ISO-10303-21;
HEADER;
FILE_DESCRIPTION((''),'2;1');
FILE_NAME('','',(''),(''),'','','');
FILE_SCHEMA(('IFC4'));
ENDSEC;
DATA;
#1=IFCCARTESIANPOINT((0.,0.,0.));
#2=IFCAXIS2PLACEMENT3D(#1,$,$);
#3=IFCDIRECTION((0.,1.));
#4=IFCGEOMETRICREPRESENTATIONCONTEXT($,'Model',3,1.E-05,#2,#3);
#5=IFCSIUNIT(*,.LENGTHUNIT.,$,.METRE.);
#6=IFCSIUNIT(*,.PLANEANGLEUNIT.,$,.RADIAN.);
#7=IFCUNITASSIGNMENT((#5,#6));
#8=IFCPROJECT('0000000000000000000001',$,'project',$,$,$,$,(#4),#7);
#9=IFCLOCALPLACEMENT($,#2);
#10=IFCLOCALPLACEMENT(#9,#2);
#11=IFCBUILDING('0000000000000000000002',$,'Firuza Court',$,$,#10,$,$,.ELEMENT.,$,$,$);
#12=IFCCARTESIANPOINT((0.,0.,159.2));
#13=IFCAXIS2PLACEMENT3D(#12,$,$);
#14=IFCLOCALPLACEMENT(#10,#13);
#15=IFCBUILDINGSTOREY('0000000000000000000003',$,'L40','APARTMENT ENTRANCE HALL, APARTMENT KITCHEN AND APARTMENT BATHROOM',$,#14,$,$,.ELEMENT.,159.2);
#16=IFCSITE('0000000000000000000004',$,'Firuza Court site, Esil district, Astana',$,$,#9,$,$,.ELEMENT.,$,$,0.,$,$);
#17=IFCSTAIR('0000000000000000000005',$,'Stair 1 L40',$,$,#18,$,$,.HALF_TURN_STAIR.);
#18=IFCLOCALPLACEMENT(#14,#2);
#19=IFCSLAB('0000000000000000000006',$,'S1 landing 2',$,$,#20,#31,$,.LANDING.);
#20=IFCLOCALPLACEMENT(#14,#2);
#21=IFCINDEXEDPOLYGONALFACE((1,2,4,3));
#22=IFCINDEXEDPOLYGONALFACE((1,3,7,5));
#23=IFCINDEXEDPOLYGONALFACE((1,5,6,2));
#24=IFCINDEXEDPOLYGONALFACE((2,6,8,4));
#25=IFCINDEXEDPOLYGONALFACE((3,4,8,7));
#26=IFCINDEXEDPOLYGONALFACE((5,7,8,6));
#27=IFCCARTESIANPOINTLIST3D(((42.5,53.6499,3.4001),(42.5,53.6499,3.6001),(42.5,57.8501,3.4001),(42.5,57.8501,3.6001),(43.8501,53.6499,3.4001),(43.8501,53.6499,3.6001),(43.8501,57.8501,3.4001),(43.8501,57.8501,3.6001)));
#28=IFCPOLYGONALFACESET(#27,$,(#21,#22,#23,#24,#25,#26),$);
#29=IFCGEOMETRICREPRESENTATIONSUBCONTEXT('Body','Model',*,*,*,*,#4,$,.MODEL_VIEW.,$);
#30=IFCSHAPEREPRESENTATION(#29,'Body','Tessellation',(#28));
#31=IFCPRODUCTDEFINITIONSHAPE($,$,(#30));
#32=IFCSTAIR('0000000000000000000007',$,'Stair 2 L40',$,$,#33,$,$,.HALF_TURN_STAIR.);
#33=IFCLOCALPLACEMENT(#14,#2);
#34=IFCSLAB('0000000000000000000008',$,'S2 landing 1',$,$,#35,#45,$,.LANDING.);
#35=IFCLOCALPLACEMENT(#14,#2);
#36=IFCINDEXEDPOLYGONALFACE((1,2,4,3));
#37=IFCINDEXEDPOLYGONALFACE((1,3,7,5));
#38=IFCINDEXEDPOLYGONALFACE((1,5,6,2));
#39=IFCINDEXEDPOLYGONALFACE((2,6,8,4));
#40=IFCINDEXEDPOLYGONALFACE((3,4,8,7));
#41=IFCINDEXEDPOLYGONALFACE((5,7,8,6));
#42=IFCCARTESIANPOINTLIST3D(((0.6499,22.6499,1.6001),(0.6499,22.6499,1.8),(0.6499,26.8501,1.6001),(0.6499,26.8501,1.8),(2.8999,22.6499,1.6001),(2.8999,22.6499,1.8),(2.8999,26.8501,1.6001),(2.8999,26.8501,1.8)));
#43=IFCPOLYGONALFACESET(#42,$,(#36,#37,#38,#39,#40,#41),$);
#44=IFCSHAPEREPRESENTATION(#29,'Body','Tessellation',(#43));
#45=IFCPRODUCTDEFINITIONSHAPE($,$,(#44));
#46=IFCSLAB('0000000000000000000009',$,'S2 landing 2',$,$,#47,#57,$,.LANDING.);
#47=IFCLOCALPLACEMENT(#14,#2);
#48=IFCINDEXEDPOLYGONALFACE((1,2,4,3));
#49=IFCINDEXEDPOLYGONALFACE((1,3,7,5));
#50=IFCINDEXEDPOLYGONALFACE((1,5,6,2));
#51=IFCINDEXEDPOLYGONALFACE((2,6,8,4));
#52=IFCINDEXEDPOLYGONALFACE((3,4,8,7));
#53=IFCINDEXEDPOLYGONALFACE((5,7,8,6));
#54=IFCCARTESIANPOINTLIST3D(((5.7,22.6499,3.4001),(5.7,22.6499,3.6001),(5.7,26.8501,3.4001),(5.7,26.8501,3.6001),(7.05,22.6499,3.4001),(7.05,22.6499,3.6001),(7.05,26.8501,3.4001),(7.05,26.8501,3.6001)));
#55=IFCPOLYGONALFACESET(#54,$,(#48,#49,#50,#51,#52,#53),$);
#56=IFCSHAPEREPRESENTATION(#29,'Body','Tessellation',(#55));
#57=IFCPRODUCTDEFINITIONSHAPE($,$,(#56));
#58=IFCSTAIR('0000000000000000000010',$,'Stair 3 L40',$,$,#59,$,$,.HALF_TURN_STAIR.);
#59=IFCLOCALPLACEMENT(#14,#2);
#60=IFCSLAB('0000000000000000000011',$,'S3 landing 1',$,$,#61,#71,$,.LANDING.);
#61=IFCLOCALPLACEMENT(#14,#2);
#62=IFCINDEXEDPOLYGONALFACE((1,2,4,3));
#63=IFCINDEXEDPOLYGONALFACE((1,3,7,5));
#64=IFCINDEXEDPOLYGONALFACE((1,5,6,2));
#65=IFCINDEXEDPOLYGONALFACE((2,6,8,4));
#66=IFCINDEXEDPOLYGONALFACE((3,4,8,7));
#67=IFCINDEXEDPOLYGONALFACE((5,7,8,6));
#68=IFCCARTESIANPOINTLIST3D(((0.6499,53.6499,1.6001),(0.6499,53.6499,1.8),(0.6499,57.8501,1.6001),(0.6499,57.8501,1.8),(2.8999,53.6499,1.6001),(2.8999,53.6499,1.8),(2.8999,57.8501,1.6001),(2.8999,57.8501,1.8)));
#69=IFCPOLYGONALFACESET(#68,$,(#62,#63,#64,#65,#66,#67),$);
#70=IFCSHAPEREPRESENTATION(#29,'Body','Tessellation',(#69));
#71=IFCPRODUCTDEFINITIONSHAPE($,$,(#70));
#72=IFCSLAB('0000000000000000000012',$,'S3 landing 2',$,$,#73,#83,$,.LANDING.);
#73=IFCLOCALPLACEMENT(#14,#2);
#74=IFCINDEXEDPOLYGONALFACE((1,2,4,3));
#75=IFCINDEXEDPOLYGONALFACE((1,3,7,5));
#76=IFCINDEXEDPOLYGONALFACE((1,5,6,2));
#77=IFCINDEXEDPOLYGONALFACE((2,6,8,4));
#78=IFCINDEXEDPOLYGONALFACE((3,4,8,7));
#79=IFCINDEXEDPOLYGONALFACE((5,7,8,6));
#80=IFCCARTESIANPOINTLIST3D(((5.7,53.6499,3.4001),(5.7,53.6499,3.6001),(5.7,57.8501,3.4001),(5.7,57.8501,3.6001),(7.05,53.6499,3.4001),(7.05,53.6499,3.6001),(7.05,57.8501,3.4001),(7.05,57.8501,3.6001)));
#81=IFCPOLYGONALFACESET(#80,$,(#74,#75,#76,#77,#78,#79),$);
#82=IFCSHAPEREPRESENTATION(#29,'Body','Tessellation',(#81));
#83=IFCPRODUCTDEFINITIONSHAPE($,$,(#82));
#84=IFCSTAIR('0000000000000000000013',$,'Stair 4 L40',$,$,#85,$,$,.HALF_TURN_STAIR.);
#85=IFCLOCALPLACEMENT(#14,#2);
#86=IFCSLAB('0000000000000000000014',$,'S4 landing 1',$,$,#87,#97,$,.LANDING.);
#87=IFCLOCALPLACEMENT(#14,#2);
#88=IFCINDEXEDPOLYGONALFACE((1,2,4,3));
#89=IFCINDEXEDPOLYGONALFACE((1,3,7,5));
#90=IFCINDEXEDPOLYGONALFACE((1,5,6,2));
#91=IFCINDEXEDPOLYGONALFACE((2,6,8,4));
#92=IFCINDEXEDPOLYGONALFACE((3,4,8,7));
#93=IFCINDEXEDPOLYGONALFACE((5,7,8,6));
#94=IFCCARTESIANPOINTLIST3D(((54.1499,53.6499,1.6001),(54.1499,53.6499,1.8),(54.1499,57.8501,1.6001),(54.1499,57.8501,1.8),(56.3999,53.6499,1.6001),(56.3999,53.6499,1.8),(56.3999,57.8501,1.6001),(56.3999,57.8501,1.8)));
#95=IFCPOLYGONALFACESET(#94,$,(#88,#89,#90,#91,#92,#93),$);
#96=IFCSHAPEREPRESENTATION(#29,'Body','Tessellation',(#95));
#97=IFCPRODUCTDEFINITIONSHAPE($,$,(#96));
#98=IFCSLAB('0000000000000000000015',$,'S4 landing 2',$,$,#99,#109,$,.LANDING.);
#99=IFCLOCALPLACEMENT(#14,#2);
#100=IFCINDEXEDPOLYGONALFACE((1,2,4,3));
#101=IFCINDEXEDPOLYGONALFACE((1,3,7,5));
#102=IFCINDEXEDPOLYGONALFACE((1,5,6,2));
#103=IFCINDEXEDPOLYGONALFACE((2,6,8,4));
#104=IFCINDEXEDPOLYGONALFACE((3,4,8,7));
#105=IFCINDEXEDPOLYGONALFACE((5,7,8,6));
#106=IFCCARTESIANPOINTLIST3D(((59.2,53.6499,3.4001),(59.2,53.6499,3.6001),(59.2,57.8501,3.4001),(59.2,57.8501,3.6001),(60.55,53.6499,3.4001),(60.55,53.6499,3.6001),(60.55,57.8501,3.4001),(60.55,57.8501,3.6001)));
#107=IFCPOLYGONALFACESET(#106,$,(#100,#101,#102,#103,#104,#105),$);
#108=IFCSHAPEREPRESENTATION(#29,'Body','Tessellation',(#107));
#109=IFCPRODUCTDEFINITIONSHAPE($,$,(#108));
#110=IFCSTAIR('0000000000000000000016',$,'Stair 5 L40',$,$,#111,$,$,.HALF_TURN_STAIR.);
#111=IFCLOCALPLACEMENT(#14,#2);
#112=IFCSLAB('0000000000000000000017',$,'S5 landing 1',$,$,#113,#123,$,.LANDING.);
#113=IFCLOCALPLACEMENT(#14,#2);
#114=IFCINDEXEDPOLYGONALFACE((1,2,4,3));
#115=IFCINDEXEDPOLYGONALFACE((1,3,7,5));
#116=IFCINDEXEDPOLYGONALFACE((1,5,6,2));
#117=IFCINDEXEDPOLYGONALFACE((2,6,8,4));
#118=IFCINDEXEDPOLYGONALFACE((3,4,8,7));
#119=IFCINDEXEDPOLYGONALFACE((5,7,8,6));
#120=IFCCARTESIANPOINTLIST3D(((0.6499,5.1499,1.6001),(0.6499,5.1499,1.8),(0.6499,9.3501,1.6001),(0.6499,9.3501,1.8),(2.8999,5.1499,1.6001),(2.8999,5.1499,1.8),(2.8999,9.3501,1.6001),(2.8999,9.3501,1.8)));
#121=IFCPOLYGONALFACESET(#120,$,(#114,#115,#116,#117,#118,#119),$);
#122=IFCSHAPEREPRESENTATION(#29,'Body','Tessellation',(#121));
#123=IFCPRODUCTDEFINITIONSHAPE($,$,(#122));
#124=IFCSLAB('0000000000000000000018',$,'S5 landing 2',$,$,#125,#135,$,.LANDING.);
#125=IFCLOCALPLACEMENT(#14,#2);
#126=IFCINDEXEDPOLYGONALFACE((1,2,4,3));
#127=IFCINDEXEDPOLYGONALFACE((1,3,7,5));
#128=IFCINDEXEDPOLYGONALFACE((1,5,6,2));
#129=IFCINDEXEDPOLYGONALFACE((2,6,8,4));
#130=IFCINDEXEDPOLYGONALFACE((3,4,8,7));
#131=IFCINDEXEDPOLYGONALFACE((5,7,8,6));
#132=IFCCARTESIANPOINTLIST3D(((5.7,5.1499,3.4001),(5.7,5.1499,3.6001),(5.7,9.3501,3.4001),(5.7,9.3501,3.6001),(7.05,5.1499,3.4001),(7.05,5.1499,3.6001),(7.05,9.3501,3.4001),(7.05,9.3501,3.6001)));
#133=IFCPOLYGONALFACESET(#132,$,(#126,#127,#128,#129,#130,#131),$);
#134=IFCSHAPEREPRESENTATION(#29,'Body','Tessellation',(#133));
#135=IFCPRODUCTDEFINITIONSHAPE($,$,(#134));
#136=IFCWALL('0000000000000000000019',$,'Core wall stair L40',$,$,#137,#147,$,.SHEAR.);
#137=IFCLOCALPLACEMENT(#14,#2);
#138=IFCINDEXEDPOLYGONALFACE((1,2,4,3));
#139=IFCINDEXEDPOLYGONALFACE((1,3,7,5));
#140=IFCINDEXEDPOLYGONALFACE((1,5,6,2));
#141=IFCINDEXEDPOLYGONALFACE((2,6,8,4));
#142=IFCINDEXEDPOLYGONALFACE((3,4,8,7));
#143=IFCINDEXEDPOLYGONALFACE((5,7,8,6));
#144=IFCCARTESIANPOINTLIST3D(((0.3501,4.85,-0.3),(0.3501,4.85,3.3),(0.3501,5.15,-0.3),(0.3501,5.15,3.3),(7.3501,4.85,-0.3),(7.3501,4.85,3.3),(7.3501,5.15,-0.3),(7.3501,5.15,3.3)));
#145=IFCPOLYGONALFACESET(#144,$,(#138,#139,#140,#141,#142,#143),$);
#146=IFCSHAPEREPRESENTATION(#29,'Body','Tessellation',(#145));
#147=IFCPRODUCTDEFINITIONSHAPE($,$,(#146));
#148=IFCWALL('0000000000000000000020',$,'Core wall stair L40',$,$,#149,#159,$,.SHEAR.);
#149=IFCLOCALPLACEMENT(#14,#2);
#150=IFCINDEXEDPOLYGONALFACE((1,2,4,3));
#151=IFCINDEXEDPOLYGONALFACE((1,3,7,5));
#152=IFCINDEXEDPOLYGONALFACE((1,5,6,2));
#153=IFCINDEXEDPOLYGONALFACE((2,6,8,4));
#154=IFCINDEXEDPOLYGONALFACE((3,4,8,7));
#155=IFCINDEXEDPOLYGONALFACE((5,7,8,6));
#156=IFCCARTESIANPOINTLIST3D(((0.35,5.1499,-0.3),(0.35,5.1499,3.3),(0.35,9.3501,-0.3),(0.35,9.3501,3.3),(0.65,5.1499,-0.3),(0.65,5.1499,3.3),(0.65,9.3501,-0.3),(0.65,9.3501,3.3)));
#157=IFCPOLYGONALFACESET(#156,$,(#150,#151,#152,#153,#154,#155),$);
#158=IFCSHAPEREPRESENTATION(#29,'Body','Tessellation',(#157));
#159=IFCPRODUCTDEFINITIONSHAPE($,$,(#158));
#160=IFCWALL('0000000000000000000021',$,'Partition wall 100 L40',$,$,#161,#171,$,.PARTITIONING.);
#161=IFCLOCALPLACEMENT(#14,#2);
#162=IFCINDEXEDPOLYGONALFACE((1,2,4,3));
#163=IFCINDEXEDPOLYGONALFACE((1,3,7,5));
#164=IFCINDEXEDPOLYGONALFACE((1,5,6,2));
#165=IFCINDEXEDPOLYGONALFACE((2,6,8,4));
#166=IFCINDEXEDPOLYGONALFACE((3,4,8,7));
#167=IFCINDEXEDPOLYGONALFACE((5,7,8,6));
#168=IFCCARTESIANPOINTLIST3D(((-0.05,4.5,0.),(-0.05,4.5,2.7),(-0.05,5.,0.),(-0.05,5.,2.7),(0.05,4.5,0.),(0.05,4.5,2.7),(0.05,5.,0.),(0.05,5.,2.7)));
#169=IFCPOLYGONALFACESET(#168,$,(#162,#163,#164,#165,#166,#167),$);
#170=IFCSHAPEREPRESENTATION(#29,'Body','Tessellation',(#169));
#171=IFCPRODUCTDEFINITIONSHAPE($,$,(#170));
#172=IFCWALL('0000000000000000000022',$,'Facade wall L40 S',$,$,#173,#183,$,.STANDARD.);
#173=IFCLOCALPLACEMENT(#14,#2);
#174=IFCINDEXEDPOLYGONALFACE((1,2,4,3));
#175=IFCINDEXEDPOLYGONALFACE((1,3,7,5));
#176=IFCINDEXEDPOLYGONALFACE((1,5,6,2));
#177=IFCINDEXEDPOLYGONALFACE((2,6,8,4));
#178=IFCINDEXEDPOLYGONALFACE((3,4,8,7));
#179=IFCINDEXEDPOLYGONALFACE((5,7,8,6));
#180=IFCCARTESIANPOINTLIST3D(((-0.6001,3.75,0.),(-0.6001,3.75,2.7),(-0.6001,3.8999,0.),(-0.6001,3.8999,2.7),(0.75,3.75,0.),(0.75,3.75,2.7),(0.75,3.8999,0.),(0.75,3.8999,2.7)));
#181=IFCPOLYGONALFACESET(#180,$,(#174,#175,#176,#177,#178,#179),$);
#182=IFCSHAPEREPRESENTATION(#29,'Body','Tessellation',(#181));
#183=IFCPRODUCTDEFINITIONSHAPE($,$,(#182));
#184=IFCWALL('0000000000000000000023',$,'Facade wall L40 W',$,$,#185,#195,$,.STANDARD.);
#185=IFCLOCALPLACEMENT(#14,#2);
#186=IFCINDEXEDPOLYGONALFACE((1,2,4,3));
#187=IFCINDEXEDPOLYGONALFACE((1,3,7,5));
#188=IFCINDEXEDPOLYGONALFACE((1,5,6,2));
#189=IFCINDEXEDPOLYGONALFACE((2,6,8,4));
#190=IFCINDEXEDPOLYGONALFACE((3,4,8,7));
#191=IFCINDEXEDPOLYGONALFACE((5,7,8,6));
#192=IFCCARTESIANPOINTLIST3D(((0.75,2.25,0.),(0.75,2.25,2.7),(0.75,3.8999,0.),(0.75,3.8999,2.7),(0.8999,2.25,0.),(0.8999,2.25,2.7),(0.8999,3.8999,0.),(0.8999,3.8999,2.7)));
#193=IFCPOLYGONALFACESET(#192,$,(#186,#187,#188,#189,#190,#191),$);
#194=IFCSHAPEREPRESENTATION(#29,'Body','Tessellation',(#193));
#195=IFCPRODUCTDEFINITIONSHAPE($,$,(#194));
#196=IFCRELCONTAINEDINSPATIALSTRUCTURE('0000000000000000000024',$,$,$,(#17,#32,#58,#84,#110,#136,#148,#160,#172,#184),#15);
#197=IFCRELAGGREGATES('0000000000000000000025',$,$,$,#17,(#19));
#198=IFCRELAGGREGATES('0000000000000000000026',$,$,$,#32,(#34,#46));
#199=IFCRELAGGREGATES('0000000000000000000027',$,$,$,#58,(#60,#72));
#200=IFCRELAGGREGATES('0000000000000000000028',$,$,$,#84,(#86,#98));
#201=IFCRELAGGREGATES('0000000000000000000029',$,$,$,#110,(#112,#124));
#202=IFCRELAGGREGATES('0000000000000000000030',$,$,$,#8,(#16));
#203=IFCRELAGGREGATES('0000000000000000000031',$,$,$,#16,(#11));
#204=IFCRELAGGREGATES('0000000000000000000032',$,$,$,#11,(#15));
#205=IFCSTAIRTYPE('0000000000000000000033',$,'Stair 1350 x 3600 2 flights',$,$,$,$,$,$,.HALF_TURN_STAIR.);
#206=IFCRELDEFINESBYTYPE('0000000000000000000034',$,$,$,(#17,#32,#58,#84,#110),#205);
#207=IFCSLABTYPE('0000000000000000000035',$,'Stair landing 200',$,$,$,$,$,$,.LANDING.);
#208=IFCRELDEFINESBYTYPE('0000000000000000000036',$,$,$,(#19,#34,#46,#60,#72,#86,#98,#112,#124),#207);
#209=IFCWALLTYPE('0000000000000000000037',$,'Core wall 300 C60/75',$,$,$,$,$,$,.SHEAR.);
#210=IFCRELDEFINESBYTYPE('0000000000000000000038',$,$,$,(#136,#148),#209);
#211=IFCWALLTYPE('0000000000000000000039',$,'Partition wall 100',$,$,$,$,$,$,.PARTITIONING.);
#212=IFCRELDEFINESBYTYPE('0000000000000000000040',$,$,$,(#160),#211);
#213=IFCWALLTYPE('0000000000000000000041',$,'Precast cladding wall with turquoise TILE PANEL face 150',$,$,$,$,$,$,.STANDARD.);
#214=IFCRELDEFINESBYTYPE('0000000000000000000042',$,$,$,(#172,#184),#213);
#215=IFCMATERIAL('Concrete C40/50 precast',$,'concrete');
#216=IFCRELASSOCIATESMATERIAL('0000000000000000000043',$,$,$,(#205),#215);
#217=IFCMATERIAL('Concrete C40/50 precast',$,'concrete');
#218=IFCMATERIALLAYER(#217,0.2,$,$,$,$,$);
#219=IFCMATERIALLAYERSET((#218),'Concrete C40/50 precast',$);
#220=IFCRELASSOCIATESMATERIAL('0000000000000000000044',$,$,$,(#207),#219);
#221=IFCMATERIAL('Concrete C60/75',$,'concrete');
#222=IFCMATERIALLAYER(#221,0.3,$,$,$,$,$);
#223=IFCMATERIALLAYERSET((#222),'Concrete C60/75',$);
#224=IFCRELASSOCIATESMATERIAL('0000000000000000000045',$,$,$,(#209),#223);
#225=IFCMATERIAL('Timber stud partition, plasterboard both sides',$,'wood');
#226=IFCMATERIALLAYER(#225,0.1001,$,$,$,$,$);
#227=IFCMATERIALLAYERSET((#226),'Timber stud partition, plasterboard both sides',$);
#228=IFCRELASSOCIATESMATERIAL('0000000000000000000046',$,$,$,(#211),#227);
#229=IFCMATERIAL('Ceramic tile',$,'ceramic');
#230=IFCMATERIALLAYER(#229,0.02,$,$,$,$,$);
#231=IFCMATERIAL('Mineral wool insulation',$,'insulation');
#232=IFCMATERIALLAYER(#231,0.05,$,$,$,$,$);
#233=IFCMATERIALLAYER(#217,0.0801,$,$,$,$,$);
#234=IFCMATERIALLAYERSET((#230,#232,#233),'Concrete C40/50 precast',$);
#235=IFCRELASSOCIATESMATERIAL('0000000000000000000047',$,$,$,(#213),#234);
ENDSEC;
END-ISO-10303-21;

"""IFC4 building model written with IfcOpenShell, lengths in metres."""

from ifc_helpers import new_model, si_unit, direction, frame, frame_2d, origin, place, context, subcontext, project, spatial, polyline, rectangle, outline, extrude, material, layer, layer_set, type_object, element, aggregate, save


model = new_model("IFC4")

# Units and contexts
model_context = context("Model", 3, precision=1e-05, world=origin(), true_north=direction((0.0, 1.0)))
body_context = subcontext(model_context, "Body", "Model", "MODEL_VIEW")
ifc_project = project(units=[si_unit("LENGTHUNIT", "METRE"), si_unit("PLANEANGLEUNIT", "RADIAN")], contexts=[model_context])

# Site, building, storey
site_placement = place(None, origin())
site = spatial("IfcSite", under=ifc_project, at=site_placement, Name="Firuza Court site, Esil district, Astana", CompositionType="ELEMENT", RefElevation=0.0)
building_placement = place(site_placement, origin())
building = spatial("IfcBuilding", under=site, at=building_placement, Name="Firuza Court", CompositionType="ELEMENT")
storey_placement = place(building_placement, frame((0.0, 0.0, 159.2)))
storey = spatial("IfcBuildingStorey", under=building, at=storey_placement, Name="L40", Description="APARTMENT ENTRANCE HALL, APARTMENT KITCHEN AND APARTMENT BATHROOM", CompositionType="ELEMENT", Elevation=159.2)

# Stairs, slabs
ifc_material_1 = material(Name="Concrete C40/50 precast", Category="concrete")
stair_type = type_object("IfcStairType", Name="Stair 1350 x 3600 2 flights", PredefinedType="HALF_TURN_STAIR", material=ifc_material_1)
stair_1_placement = place(storey_placement, origin())
stair_1 = element("IfcStair", 1, at=stair_1_placement, inside=storey, type_object=stair_type, Name="Stair 1 L40", PredefinedType="HALF_TURN_STAIR")
ifc_material_2 = material(Name="Concrete C40/50 precast", Category="concrete")
ifc_layer_1 = layer(ifc_material_2, 0.2)
ifc_layer_set_1 = layer_set([ifc_layer_1], Name="Concrete C40/50 precast")
slab_type_1 = type_object("IfcSlabType", Name="Stair landing 200", PredefinedType="LANDING", material=ifc_layer_set_1)
slab_1_placement = place(storey_placement, frame((0.0, 0.0, 3.4001)))
slab_1 = element("IfcSlab", 2, at=slab_1_placement, type_object=slab_type_1, Name="S1 landing 2", PredefinedType="LANDING", context=body_context, shape_type="SweptSolid", body=[
    extrude(outline(polyline([(43.8501, 53.6499), (43.8501, 57.8501), (42.5, 57.8501), (42.5, 53.6499), (43.8501, 53.6499)])), origin(), (0.0, 0.0, 1.0), 0.2),
])
aggregate(stair_1, [slab_1])
stair_2_placement = place(storey_placement, origin())
stair_2 = element("IfcStair", 3, at=stair_2_placement, inside=storey, type_object=stair_type, Name="Stair 2 L40", PredefinedType="HALF_TURN_STAIR")
slab_2_placement = place(storey_placement, frame((0.0, 0.0, 1.6001)))
slab_2 = element("IfcSlab", 4, at=slab_2_placement, type_object=slab_type_1, Name="S2 landing 1", PredefinedType="LANDING", context=body_context, shape_type="SweptSolid", body=[
    extrude(outline(polyline([(2.8999, 22.6499), (2.8999, 26.8501), (0.6499, 26.8501), (0.6499, 22.6499), (2.8999, 22.6499)])), origin(), (0.0, 0.0, 1.0), 0.2),
])
slab_3_placement = place(storey_placement, frame((0.0, 0.0, 3.4001)))
slab_3 = element("IfcSlab", 5, at=slab_3_placement, type_object=slab_type_1, Name="S2 landing 2", PredefinedType="LANDING", context=body_context, shape_type="SweptSolid", body=[
    extrude(outline(polyline([(7.05, 22.6499), (7.05, 26.8501), (5.7, 26.8501), (5.7, 22.6499), (7.05, 22.6499)])), origin(), (0.0, 0.0, 1.0), 0.2),
])
aggregate(stair_2, [slab_2, slab_3])
stair_3_placement = place(storey_placement, origin())
stair_3 = element("IfcStair", 6, at=stair_3_placement, inside=storey, type_object=stair_type, Name="Stair 3 L40", PredefinedType="HALF_TURN_STAIR")
slab_4_placement = place(storey_placement, frame((0.0, 0.0, 1.6001)))
slab_4 = element("IfcSlab", 7, at=slab_4_placement, type_object=slab_type_1, Name="S3 landing 1", PredefinedType="LANDING", context=body_context, shape_type="SweptSolid", body=[
    extrude(outline(polyline([(2.8999, 53.6499), (2.8999, 57.8501), (0.6499, 57.8501), (0.6499, 53.6499), (2.8999, 53.6499)])), origin(), (0.0, 0.0, 1.0), 0.2),
])
slab_5_placement = place(storey_placement, frame((0.0, 0.0, 3.4001)))
slab_5 = element("IfcSlab", 8, at=slab_5_placement, type_object=slab_type_1, Name="S3 landing 2", PredefinedType="LANDING", context=body_context, shape_type="SweptSolid", body=[
    extrude(outline(polyline([(7.05, 53.6499), (7.05, 57.8501), (5.7, 57.8501), (5.7, 53.6499), (7.05, 53.6499)])), origin(), (0.0, 0.0, 1.0), 0.2),
])
aggregate(stair_3, [slab_4, slab_5])
stair_4_placement = place(storey_placement, origin())
stair_4 = element("IfcStair", 9, at=stair_4_placement, inside=storey, type_object=stair_type, Name="Stair 4 L40", PredefinedType="HALF_TURN_STAIR")
slab_6_placement = place(storey_placement, frame((0.0, 0.0, 1.6001)))
slab_6 = element("IfcSlab", 10, at=slab_6_placement, type_object=slab_type_1, Name="S4 landing 1", PredefinedType="LANDING", context=body_context, shape_type="SweptSolid", body=[
    extrude(outline(polyline([(56.3999, 53.6499), (56.3999, 57.8501), (54.1499, 57.8501), (54.1499, 53.6499), (56.3999, 53.6499)])), origin(), (0.0, 0.0, 1.0), 0.2),
])
slab_7_placement = place(storey_placement, frame((0.0, 0.0, 3.4001)))
slab_7 = element("IfcSlab", 11, at=slab_7_placement, type_object=slab_type_1, Name="S4 landing 2", PredefinedType="LANDING", context=body_context, shape_type="SweptSolid", body=[
    extrude(outline(polyline([(60.55, 53.6499), (60.55, 57.8501), (59.2, 57.8501), (59.2, 53.6499), (60.55, 53.6499)])), origin(), (0.0, 0.0, 1.0), 0.2),
])
aggregate(stair_4, [slab_6, slab_7])
stair_5_placement = place(storey_placement, origin())
stair_5 = element("IfcStair", 12, at=stair_5_placement, inside=storey, type_object=stair_type, Name="Stair 5 L40", PredefinedType="HALF_TURN_STAIR")
slab_8_placement = place(storey_placement, frame((0.0, 0.0, 1.6001)))
slab_8 = element("IfcSlab", 13, at=slab_8_placement, type_object=slab_type_1, Name="S5 landing 1", PredefinedType="LANDING", context=body_context, shape_type="SweptSolid", body=[
    extrude(outline(polyline([(2.8999, 5.1499), (2.8999, 9.3501), (0.6499, 9.3501), (0.6499, 5.1499), (2.8999, 5.1499)])), origin(), (0.0, 0.0, 1.0), 0.2),
])
slab_9_placement = place(storey_placement, frame((0.0, 0.0, 3.4001)))
slab_9 = element("IfcSlab", 14, at=slab_9_placement, type_object=slab_type_1, Name="S5 landing 2", PredefinedType="LANDING", context=body_context, shape_type="SweptSolid", body=[
    extrude(outline(polyline([(7.05, 5.1499), (7.05, 9.3501), (5.7, 9.3501), (5.7, 5.1499), (7.05, 5.1499)])), origin(), (0.0, 0.0, 1.0), 0.2),
])
aggregate(stair_5, [slab_8, slab_9])

# Walls
ifc_material_3 = material(Name="Concrete C60/75", Category="concrete")
ifc_layer_2 = layer(ifc_material_3, 0.3)
ifc_layer_set_2 = layer_set([ifc_layer_2], Name="Concrete C60/75")
wall_type_1 = type_object("IfcWallType", Name="Core wall 300 C60/75", PredefinedType="SHEAR", material=ifc_layer_set_2)
wall_1_placement = place(storey_placement, frame((0.3501, 5.0, -0.3), z_axis=(0.0, 0.0, 1.0), x_axis=(1.0, 0.0, 0.0)))
element("IfcWall", 15, at=wall_1_placement, inside=storey, type_object=wall_type_1, Name="Core wall stair L40", PredefinedType="SHEAR", context=body_context, shape_type="SweptSolid", body=[
    extrude(rectangle(XDim=7.0, YDim=0.3, at=frame_2d((3.5, 0.0))), origin(), (0.0, 0.0, 1.0), 3.6001),
])
wall_2_placement = place(storey_placement, frame((0.5, 5.1499, -0.3), z_axis=(0.0, 0.0, 1.0), x_axis=(0.0, 1.0, 0.0)))
element("IfcWall", 16, at=wall_2_placement, inside=storey, type_object=wall_type_1, Name="Core wall stair L40", PredefinedType="SHEAR", context=body_context, shape_type="SweptSolid", body=[
    extrude(rectangle(XDim=4.2002, YDim=0.3, at=frame_2d((2.1001, 0.0))), origin(), (0.0, 0.0, 1.0), 3.6001),
])
ifc_material_4 = material(Name="Timber stud partition, plasterboard both sides", Category="wood")
ifc_layer_3 = layer(ifc_material_4, 0.1001)
ifc_layer_set_3 = layer_set([ifc_layer_3], Name="Timber stud partition, plasterboard both sides")
wall_type_2 = type_object("IfcWallType", Name="Partition wall 100", PredefinedType="PARTITIONING", material=ifc_layer_set_3)
wall_3_placement = place(storey_placement, frame((0.0, 4.5, 0.0), z_axis=(0.0, 0.0, 1.0), x_axis=(0.0, 1.0, 0.0)))
element("IfcWall", 17, at=wall_3_placement, inside=storey, type_object=wall_type_2, Name="Partition wall 100 L40", PredefinedType="PARTITIONING", context=body_context, shape_type="SweptSolid", body=[
    extrude(rectangle(XDim=0.5, YDim=0.1001, at=frame_2d((0.25, 0.0))), origin(), (0.0, 0.0, 1.0), 2.7),
])
ifc_material_5 = material(Name="Ceramic tile", Category="ceramic")
ifc_layer_4 = layer(ifc_material_5, 0.02)
ifc_material_6 = material(Name="Mineral wool insulation", Category="insulation")
ifc_layer_5 = layer(ifc_material_6, 0.05)
ifc_layer_6 = layer(ifc_material_2, 0.0801)
ifc_layer_set_4 = layer_set([ifc_layer_4, ifc_layer_5, ifc_layer_6], Name="Concrete C40/50 precast")
wall_type_3 = type_object("IfcWallType", Name="Precast cladding wall with turquoise TILE PANEL face 150", PredefinedType="STANDARD", material=ifc_layer_set_4)
wall_4_placement = place(storey_placement, frame((-0.6001, 3.825, 0.0), z_axis=(0.0, 0.0, 1.0), x_axis=(1.0, 0.0, 0.0)))
element("IfcWall", 18, at=wall_4_placement, inside=storey, type_object=wall_type_3, Name="Facade wall L40 S", PredefinedType="STANDARD", context=body_context, shape_type="SweptSolid", body=[
    extrude(rectangle(XDim=1.3501, YDim=0.1499, at=frame_2d((0.675, 0.0))), origin(), (0.0, 0.0, 1.0), 2.7),
])
wall_5_placement = place(storey_placement, frame((0.825, 3.8999, 0.0), z_axis=(0.0, 0.0, 1.0), x_axis=(0.0, -1.0, 0.0)))
element("IfcWall", 19, at=wall_5_placement, inside=storey, type_object=wall_type_3, Name="Facade wall L40 W", PredefinedType="STANDARD", context=body_context, shape_type="SweptSolid", body=[
    extrude(rectangle(XDim=1.6499, YDim=0.1499, at=frame_2d((0.825, 0.0))), origin(), (0.0, 0.0, 1.0), 2.7),
])

save(model, "model.ifc")
